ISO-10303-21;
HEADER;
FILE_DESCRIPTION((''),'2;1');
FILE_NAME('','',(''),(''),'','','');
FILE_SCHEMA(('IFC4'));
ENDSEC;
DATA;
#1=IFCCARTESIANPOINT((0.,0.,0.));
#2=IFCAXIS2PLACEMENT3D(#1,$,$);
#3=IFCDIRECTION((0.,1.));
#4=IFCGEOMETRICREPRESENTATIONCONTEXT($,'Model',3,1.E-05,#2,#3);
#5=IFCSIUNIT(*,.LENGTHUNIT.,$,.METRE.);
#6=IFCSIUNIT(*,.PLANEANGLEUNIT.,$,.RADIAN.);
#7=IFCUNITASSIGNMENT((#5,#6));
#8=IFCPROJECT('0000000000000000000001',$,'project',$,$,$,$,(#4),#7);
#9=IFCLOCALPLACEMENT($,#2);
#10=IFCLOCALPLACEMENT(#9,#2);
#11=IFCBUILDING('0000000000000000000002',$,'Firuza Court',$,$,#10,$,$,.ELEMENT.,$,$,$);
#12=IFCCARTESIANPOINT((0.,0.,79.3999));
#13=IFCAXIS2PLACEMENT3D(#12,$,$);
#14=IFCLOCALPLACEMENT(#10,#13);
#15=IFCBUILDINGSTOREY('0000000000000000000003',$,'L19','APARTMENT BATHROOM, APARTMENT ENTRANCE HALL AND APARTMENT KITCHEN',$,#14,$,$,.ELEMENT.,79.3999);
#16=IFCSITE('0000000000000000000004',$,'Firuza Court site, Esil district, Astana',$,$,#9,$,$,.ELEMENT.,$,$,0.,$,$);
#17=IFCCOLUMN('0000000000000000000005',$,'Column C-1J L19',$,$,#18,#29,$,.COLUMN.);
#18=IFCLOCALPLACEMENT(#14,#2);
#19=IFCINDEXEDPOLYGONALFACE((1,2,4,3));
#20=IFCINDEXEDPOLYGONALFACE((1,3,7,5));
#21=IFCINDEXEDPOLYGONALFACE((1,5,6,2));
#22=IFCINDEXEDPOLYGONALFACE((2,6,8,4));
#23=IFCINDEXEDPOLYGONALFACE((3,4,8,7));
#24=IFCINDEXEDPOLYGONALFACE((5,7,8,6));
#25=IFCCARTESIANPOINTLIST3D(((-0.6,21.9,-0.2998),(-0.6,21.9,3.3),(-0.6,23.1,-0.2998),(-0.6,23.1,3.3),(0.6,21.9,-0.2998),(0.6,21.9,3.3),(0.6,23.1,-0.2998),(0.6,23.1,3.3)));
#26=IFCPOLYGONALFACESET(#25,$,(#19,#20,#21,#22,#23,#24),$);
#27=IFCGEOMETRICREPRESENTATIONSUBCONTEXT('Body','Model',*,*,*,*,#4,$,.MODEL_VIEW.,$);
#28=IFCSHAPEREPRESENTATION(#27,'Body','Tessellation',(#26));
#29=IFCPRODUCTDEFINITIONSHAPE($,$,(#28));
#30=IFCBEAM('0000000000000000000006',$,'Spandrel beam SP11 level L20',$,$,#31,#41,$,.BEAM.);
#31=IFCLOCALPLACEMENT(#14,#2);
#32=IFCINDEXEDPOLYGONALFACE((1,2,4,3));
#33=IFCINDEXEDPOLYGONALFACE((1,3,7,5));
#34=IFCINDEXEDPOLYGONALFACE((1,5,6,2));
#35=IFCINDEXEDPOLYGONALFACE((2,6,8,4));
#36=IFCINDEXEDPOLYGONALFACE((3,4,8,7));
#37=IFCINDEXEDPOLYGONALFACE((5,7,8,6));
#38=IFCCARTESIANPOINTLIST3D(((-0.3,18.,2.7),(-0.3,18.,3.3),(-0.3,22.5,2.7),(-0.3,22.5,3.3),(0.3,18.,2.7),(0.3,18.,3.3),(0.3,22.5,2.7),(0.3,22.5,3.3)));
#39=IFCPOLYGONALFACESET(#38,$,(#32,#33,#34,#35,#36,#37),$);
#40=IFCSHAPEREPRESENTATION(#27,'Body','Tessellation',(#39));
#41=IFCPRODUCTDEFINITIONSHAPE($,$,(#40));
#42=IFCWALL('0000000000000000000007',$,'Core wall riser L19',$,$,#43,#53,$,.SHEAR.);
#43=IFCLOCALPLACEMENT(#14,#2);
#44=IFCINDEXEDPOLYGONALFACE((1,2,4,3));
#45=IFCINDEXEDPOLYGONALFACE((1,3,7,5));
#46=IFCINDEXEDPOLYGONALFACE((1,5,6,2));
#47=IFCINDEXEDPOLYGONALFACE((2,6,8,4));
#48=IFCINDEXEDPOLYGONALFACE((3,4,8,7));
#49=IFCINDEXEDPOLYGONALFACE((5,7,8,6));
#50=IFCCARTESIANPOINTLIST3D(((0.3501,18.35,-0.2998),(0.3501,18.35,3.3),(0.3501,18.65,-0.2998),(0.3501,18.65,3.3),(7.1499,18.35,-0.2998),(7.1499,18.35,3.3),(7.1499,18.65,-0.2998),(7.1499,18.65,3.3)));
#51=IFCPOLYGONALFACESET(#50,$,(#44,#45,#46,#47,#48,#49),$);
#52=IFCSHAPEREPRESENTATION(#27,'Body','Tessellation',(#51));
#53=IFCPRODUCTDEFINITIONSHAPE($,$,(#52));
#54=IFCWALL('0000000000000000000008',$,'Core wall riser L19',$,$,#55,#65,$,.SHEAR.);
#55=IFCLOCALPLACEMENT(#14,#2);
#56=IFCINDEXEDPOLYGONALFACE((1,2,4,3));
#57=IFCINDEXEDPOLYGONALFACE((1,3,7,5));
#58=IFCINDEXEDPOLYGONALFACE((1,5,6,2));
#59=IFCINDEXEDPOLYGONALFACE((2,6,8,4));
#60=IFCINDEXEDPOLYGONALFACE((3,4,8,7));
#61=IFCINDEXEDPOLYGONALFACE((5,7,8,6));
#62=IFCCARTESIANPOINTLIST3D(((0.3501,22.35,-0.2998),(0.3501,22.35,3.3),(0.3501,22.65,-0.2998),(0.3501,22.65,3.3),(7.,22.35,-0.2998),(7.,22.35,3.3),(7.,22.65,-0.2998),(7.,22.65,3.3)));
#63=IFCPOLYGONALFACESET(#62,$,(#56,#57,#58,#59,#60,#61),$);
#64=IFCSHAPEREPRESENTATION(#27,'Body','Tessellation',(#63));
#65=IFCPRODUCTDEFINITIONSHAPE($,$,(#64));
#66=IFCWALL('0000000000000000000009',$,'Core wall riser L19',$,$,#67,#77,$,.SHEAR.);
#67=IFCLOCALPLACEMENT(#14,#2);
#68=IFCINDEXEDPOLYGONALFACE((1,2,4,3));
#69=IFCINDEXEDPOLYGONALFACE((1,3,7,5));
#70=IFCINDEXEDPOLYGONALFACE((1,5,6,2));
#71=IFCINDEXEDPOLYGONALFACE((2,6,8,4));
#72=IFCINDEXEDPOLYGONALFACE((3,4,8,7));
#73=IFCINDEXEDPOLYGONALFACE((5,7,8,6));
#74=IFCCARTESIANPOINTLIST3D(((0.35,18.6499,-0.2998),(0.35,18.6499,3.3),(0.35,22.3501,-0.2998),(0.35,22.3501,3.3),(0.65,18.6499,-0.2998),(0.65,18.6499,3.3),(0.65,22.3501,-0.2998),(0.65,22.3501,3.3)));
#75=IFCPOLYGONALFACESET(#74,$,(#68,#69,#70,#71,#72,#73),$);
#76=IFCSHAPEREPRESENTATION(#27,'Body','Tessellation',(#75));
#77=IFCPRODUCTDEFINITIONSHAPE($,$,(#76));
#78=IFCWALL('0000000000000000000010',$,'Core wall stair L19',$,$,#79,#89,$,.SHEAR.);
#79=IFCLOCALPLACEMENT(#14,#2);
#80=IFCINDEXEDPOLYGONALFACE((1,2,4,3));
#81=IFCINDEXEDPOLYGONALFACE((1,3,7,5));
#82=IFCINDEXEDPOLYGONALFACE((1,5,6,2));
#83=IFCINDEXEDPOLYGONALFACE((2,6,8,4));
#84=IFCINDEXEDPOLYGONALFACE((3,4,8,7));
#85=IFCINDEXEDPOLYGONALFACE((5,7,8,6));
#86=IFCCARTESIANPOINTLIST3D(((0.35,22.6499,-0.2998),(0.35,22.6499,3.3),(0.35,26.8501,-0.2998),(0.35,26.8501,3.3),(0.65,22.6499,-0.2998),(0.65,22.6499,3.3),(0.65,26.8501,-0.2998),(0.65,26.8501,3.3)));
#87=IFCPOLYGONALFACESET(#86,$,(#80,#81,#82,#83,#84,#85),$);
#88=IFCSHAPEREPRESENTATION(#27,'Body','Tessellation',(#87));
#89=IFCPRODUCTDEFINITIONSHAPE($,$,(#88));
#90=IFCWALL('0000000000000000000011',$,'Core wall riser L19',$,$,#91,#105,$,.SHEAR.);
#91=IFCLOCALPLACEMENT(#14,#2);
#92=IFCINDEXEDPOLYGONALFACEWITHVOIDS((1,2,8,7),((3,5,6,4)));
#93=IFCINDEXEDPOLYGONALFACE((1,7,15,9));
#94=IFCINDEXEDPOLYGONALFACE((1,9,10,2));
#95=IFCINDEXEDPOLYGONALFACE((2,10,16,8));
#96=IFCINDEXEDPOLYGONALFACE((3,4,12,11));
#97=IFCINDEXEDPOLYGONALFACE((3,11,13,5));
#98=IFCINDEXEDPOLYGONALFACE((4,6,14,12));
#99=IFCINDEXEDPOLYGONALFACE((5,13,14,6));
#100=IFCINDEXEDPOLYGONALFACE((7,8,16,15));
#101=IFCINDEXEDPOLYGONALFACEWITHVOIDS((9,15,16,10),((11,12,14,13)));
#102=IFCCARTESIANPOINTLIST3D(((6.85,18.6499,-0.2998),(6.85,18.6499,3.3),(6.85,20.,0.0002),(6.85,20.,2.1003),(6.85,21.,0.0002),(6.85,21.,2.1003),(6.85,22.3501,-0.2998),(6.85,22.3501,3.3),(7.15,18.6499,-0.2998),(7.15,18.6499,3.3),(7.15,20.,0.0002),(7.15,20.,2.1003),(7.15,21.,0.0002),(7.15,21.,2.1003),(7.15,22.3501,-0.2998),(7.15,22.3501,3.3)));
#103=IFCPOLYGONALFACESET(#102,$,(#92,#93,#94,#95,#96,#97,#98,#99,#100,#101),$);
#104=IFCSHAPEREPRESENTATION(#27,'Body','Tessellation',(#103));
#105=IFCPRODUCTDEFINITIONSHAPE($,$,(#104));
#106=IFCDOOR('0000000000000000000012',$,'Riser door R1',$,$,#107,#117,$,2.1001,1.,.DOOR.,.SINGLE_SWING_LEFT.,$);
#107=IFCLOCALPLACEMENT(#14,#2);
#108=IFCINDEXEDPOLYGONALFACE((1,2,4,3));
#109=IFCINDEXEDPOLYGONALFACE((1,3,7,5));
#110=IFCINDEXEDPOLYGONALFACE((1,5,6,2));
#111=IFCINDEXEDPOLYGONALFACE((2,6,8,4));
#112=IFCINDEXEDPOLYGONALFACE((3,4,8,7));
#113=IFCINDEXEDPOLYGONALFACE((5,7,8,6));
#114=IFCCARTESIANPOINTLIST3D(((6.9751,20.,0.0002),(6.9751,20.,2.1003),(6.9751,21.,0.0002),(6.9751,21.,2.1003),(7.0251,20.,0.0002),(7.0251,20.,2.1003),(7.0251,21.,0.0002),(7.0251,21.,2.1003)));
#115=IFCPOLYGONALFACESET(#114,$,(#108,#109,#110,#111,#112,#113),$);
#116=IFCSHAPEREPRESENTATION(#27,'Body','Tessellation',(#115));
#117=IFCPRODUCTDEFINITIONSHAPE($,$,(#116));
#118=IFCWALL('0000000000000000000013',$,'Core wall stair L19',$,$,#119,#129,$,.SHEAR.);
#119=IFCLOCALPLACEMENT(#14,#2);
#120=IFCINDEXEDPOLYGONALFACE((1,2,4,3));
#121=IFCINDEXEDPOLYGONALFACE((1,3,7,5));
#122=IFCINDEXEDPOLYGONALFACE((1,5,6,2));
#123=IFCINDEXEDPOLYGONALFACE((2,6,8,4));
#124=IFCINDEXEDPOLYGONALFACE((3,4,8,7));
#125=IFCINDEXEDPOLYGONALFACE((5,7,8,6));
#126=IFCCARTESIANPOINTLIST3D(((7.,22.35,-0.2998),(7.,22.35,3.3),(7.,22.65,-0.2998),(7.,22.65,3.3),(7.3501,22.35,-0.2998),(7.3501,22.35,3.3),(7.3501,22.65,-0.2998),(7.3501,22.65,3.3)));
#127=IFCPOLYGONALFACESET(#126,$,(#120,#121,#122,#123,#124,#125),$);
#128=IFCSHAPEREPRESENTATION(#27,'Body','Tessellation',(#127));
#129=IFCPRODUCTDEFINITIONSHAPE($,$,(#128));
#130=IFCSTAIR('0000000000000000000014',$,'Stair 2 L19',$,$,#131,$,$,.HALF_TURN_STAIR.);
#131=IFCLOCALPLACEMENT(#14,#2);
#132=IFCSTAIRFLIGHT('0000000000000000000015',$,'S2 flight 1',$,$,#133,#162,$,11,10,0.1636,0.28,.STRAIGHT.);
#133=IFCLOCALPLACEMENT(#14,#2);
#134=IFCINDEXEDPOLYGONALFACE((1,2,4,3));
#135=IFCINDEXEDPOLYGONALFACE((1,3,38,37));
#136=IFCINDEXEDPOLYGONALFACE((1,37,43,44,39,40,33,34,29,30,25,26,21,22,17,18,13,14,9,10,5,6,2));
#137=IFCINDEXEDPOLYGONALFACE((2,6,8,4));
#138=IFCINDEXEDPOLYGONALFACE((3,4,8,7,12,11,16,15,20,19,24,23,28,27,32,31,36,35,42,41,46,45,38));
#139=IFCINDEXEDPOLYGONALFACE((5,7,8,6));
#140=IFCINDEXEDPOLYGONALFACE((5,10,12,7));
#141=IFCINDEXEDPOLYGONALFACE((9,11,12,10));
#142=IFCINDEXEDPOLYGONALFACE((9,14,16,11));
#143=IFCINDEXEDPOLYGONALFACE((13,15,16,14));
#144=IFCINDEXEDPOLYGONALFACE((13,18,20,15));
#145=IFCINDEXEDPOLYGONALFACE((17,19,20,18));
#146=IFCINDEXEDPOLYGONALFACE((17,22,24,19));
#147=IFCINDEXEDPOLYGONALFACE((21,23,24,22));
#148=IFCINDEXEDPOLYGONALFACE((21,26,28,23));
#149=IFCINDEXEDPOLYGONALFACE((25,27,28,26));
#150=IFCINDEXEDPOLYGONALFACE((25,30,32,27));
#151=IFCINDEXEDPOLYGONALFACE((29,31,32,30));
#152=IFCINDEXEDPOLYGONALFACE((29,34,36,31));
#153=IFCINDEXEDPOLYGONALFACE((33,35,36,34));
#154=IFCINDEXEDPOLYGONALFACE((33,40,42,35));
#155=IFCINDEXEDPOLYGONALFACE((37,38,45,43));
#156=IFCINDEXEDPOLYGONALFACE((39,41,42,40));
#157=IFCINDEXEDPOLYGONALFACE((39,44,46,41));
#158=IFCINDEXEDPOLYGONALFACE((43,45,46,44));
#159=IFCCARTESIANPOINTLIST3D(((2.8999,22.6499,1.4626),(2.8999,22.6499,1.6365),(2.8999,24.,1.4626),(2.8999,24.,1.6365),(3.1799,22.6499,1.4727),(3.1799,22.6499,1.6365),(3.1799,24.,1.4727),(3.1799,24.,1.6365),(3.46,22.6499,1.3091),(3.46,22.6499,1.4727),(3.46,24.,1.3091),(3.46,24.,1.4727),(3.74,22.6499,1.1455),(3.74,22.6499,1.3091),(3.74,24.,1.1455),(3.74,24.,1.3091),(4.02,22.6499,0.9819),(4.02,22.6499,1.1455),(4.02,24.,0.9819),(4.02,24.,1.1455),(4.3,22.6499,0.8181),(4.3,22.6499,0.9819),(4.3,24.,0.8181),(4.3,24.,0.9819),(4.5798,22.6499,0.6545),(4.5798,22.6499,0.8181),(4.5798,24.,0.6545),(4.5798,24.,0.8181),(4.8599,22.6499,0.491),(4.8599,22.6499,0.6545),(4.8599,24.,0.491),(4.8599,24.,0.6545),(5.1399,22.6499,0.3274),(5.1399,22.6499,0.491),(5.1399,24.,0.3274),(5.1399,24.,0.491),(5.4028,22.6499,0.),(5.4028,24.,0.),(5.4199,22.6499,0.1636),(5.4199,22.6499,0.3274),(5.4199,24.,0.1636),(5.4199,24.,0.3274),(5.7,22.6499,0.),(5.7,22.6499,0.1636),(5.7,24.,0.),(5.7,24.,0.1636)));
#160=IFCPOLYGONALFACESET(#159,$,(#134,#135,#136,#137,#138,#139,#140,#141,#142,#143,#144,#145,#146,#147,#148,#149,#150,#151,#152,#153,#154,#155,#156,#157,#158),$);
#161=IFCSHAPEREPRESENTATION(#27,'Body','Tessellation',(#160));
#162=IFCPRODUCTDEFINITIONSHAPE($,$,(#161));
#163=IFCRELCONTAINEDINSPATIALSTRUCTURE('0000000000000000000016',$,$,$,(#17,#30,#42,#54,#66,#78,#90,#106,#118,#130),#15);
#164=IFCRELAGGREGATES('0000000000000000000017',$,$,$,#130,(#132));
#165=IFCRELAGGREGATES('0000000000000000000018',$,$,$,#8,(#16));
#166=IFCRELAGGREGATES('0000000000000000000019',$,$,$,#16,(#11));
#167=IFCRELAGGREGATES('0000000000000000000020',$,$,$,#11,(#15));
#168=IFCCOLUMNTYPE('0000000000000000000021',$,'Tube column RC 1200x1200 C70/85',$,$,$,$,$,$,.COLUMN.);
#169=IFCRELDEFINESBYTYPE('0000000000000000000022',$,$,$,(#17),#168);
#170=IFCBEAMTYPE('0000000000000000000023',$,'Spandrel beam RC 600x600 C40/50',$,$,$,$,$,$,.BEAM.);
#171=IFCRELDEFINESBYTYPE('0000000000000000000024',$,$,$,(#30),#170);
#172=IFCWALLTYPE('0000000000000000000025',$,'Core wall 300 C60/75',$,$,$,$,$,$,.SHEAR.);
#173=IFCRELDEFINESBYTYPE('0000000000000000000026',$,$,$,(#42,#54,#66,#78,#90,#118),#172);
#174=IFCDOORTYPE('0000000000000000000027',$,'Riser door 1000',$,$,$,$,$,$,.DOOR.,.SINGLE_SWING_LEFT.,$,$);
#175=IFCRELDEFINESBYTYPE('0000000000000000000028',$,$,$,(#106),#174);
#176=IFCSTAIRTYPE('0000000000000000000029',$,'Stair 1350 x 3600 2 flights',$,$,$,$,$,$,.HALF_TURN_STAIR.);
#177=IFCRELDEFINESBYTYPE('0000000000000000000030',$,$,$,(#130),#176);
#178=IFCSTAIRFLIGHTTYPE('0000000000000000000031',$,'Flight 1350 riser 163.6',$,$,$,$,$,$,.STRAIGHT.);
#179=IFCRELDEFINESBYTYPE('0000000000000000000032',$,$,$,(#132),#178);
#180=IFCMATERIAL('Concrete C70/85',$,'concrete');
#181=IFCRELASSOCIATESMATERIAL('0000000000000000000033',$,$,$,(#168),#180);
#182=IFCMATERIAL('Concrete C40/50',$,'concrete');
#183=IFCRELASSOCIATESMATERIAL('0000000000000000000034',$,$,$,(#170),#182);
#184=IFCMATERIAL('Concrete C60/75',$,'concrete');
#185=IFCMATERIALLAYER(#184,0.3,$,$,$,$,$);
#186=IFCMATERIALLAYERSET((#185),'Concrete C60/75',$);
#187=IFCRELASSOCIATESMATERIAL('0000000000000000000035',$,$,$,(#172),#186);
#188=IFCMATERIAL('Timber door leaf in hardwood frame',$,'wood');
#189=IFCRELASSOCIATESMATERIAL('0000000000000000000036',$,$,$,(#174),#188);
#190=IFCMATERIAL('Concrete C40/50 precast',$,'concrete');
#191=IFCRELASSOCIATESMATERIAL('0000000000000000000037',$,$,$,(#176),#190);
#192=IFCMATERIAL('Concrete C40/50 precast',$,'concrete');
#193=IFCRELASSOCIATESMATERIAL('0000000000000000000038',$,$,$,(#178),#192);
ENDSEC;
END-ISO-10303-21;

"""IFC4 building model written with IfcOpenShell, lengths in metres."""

from ifc_helpers import new_model, si_unit, direction, frame, frame_2d, origin, origin_2d, place, context, subcontext, project, spatial, polyline, rectangle, outline, extrude, material, layer, layer_set, material_profile, profile_set, type_object, element, fill, aggregate, save


model = new_model("IFC4")

# Units and contexts
model_context = context("Model", 3, precision=1e-05, world=origin(), true_north=direction((0.0, 1.0)))
body_context = subcontext(model_context, "Body", "Model", "MODEL_VIEW")
ifc_project = project(units=[si_unit("LENGTHUNIT", "METRE"), si_unit("PLANEANGLEUNIT", "RADIAN")], contexts=[model_context])

# Site, building, storey
site_placement = place(None, origin())
site = spatial("IfcSite", under=ifc_project, at=site_placement, Name="Firuza Court site, Esil district, Astana", CompositionType="ELEMENT", RefElevation=0.0)
building_placement = place(site_placement, origin())
building = spatial("IfcBuilding", under=site, at=building_placement, Name="Firuza Court", CompositionType="ELEMENT")
storey_placement = place(building_placement, frame((0.0, 0.0, 79.3999)))
storey = spatial("IfcBuildingStorey", under=building, at=storey_placement, Name="L19", Description="APARTMENT BATHROOM, APARTMENT ENTRANCE HALL AND APARTMENT KITCHEN", CompositionType="ELEMENT", Elevation=79.3999)

# Column
ifc_material_1 = material(Name="Concrete C70/85", Category="concrete")
ifc_material_profile_1 = material_profile(ifc_material_1, rectangle(XDim=1.2, YDim=1.2, at=origin_2d()), Name="RC 1200x1200")
ifc_profile_set_1 = profile_set([ifc_material_profile_1], Name="Concrete C70/85")
column_type = type_object("IfcColumnType", Name="Tube column RC 1200x1200 C70/85", PredefinedType="COLUMN", material=ifc_profile_set_1)
column_placement = place(storey_placement, frame((0.0, 22.5, -0.2998), z_axis=(0.0, 0.0, 1.0), x_axis=(1.0, 0.0, 0.0)))
element("IfcColumn", 1, at=column_placement, inside=storey, type_object=column_type, Name="Column C-1J L19", PredefinedType="COLUMN", context=body_context, shape_type="SweptSolid", body=[
    extrude(rectangle(XDim=1.2, YDim=1.2, at=origin_2d()), origin(), (0.0, 0.0, 1.0), 3.5999),
])

# Beam
ifc_material_2 = material(Name="Concrete C40/50", Category="concrete")
ifc_material_profile_2 = material_profile(ifc_material_2, rectangle(XDim=0.6001, YDim=0.6001, at=origin_2d()), Name="RC 600x600")
ifc_profile_set_2 = profile_set([ifc_material_profile_2], Name="Concrete C40/50")
beam_type = type_object("IfcBeamType", Name="Spandrel beam RC 600x600 C40/50", PredefinedType="BEAM", material=ifc_profile_set_2)
beam_placement = place(storey_placement, frame((0.0, 22.5, 3.0), z_axis=(0.0, -1.0, 0.0), x_axis=(1.0, 0.0, 0.0)))
element("IfcBeam", 2, at=beam_placement, inside=storey, type_object=beam_type, Name="Spandrel beam SP11 level L20", PredefinedType="BEAM", context=body_context, shape_type="SweptSolid", body=[
    extrude(rectangle(XDim=0.6001, YDim=0.6001, at=origin_2d()), origin(), (0.0, 0.0, 1.0), 4.5),
])

# Walls
ifc_material_3 = material(Name="Concrete C60/75", Category="concrete")
ifc_layer = layer(ifc_material_3, 0.3)
ifc_layer_set = layer_set([ifc_layer], Name="Concrete C60/75")
wall_type = type_object("IfcWallType", Name="Core wall 300 C60/75", PredefinedType="SHEAR", material=ifc_layer_set)
wall_1_placement = place(storey_placement, frame((0.3501, 18.5, -0.2998), z_axis=(0.0, 0.0, 1.0), x_axis=(1.0, 0.0, 0.0)))
element("IfcWall", 3, at=wall_1_placement, inside=storey, type_object=wall_type, Name="Core wall riser L19", PredefinedType="SHEAR", context=body_context, shape_type="SweptSolid", body=[
    extrude(rectangle(XDim=6.7998, YDim=0.3, at=frame_2d((3.3999, 0.0))), origin(), (0.0, 0.0, 1.0), 3.5999),
])
wall_2_placement = place(storey_placement, frame((0.3501, 22.5, -0.2998), z_axis=(0.0, 0.0, 1.0), x_axis=(1.0, 0.0, 0.0)))
element("IfcWall", 4, at=wall_2_placement, inside=storey, type_object=wall_type, Name="Core wall riser L19", PredefinedType="SHEAR", context=body_context, shape_type="SweptSolid", body=[
    extrude(rectangle(XDim=6.6499, YDim=0.3, at=frame_2d((3.325, 0.0))), origin(), (0.0, 0.0, 1.0), 3.5999),
])
wall_3_placement = place(storey_placement, frame((0.5, 18.6499, -0.2998), z_axis=(0.0, 0.0, 1.0), x_axis=(0.0, 1.0, 0.0)))
element("IfcWall", 5, at=wall_3_placement, inside=storey, type_object=wall_type, Name="Core wall riser L19", PredefinedType="SHEAR", context=body_context, shape_type="SweptSolid", body=[
    extrude(rectangle(XDim=3.7002, YDim=0.3, at=frame_2d((1.8501, 0.0))), origin(), (0.0, 0.0, 1.0), 3.5999),
])
wall_4_placement = place(storey_placement, frame((0.5, 22.6499, -0.2998), z_axis=(0.0, 0.0, 1.0), x_axis=(0.0, 1.0, 0.0)))
element("IfcWall", 6, at=wall_4_placement, inside=storey, type_object=wall_type, Name="Core wall stair L19", PredefinedType="SHEAR", context=body_context, shape_type="SweptSolid", body=[
    extrude(rectangle(XDim=4.2002, YDim=0.3, at=frame_2d((2.1001, 0.0))), origin(), (0.0, 0.0, 1.0), 3.5999),
])

# Wall, opening, door
wall_5_placement = place(storey_placement, frame((7.0, 18.6499, -0.2998), z_axis=(0.0, 0.0, 1.0), x_axis=(0.0, 1.0, 0.0)))
wall_5 = element("IfcWall", 7, at=wall_5_placement, inside=storey, type_object=wall_type, Name="Core wall riser L19", PredefinedType="SHEAR", context=body_context, shape_type="SweptSolid", body=[
    extrude(rectangle(XDim=3.7002, YDim=0.3, at=frame_2d((1.8501, 0.0))), origin(), (0.0, 0.0, 1.0), 3.5999),
])
opening_placement = place(wall_5_placement, frame((1.3501, 0.0, 0.3)))
opening = element("IfcOpeningElement", 8, at=opening_placement, cuts=wall_5, PredefinedType="OPENING", context=body_context, shape_type="SweptSolid", body=[
    extrude(rectangle(XDim=1.0, YDim=2.1001, at=frame_2d((0.5, 1.05))), frame((0.0, 0.1621, 0.0), z_axis=(0.0, -1.0, 0.0), x_axis=(1.0, 0.0, 0.0)), (0.0, 0.0, 1.0), 0.324),
])
ifc_material_4 = material(Name="Timber door leaf in hardwood frame", Category="wood")
door_type = type_object("IfcDoorType", Name="Riser door 1000", OperationType="SINGLE_SWING_LEFT", PredefinedType="DOOR", material=ifc_material_4)
door_placement = place(opening_placement, origin())
door = element("IfcDoor", 9, at=door_placement, inside=storey, type_object=door_type, Name="Riser door R1", OperationType="SINGLE_SWING_LEFT", OverallHeight=2.1001, OverallWidth=1.0, PredefinedType="DOOR", context=body_context, shape_type="SweptSolid", body=[
    extrude(rectangle(XDim=1.0, YDim=2.1001, at=frame_2d((0.5, 1.05))), frame((0.0, 0.0249, 0.0), z_axis=(0.0, -1.0, 0.0), x_axis=(1.0, 0.0, 0.0)), (0.0, 0.0, 1.0), 0.05),
])
fill(opening, door)

# Wall
wall_6_placement = place(storey_placement, frame((7.0, 22.5, -0.2998), z_axis=(0.0, 0.0, 1.0), x_axis=(1.0, 0.0, 0.0)))
element("IfcWall", 10, at=wall_6_placement, inside=storey, type_object=wall_type, Name="Core wall stair L19", PredefinedType="SHEAR", context=body_context, shape_type="SweptSolid", body=[
    extrude(rectangle(XDim=0.3501, YDim=0.3, at=frame_2d((0.175, 0.0))), origin(), (0.0, 0.0, 1.0), 3.5999),
])

# Stair, stair flight
ifc_material_5 = material(Name="Concrete C40/50 precast", Category="concrete")
stair_type = type_object("IfcStairType", Name="Stair 1350 x 3600 2 flights", PredefinedType="HALF_TURN_STAIR", material=ifc_material_5)
stair_placement = place(storey_placement, origin())
stair = element("IfcStair", 11, at=stair_placement, inside=storey, type_object=stair_type, Name="Stair 2 L19", PredefinedType="HALF_TURN_STAIR")
ifc_material_6 = material(Name="Concrete C40/50 precast", Category="concrete")
stair_flight_type = type_object("IfcStairFlightType", Name="Flight 1350 riser 163.6", PredefinedType="STRAIGHT", material=ifc_material_6)
stair_flight_placement = place(storey_placement, frame((5.7, 23.325, 0.0), z_axis=(0.0, 0.0, 1.0), x_axis=(-1.0, 0.0, 0.0)))
stair_flight = element("IfcStairFlight", 12, at=stair_flight_placement, type_object=stair_flight_type, Name="S2 flight 1", NumberOfRisers=11, NumberOfTreads=10, PredefinedType="STRAIGHT", RiserHeight=0.1636, TreadLength=0.28, context=body_context, shape_type="SweptSolid", body=[
    extrude(outline(polyline([(0.0, 0.0), (0.0, 0.1636), (0.28, 0.1636), (0.28, 0.3274), (0.5601, 0.3274), (0.5601, 0.491), (0.8401, 0.491), (0.8401, 0.6545), (1.1201, 0.6545), (1.1201, 0.8181), (1.3999, 0.8181), (1.3999, 0.9819), (1.6799, 0.9819), (1.6799, 1.1455), (1.96, 1.1455), (1.96, 1.3091), (2.24, 1.3091), (2.24, 1.4727), (2.52, 1.4727), (2.52, 1.6365), (2.8, 1.6365), (2.8, 1.8), (2.8, 1.4626), (0.2971, 0.0), (0.0, 0.0)])), frame((0.0, 0.675, 0.0), z_axis=(0.0, -1.0, 0.0), x_axis=(1.0, 0.0, 0.0)), (0.0, 0.0, 1.0), 1.3501),
])
aggregate(stair, [stair_flight])

save(model, "model.ifc")
